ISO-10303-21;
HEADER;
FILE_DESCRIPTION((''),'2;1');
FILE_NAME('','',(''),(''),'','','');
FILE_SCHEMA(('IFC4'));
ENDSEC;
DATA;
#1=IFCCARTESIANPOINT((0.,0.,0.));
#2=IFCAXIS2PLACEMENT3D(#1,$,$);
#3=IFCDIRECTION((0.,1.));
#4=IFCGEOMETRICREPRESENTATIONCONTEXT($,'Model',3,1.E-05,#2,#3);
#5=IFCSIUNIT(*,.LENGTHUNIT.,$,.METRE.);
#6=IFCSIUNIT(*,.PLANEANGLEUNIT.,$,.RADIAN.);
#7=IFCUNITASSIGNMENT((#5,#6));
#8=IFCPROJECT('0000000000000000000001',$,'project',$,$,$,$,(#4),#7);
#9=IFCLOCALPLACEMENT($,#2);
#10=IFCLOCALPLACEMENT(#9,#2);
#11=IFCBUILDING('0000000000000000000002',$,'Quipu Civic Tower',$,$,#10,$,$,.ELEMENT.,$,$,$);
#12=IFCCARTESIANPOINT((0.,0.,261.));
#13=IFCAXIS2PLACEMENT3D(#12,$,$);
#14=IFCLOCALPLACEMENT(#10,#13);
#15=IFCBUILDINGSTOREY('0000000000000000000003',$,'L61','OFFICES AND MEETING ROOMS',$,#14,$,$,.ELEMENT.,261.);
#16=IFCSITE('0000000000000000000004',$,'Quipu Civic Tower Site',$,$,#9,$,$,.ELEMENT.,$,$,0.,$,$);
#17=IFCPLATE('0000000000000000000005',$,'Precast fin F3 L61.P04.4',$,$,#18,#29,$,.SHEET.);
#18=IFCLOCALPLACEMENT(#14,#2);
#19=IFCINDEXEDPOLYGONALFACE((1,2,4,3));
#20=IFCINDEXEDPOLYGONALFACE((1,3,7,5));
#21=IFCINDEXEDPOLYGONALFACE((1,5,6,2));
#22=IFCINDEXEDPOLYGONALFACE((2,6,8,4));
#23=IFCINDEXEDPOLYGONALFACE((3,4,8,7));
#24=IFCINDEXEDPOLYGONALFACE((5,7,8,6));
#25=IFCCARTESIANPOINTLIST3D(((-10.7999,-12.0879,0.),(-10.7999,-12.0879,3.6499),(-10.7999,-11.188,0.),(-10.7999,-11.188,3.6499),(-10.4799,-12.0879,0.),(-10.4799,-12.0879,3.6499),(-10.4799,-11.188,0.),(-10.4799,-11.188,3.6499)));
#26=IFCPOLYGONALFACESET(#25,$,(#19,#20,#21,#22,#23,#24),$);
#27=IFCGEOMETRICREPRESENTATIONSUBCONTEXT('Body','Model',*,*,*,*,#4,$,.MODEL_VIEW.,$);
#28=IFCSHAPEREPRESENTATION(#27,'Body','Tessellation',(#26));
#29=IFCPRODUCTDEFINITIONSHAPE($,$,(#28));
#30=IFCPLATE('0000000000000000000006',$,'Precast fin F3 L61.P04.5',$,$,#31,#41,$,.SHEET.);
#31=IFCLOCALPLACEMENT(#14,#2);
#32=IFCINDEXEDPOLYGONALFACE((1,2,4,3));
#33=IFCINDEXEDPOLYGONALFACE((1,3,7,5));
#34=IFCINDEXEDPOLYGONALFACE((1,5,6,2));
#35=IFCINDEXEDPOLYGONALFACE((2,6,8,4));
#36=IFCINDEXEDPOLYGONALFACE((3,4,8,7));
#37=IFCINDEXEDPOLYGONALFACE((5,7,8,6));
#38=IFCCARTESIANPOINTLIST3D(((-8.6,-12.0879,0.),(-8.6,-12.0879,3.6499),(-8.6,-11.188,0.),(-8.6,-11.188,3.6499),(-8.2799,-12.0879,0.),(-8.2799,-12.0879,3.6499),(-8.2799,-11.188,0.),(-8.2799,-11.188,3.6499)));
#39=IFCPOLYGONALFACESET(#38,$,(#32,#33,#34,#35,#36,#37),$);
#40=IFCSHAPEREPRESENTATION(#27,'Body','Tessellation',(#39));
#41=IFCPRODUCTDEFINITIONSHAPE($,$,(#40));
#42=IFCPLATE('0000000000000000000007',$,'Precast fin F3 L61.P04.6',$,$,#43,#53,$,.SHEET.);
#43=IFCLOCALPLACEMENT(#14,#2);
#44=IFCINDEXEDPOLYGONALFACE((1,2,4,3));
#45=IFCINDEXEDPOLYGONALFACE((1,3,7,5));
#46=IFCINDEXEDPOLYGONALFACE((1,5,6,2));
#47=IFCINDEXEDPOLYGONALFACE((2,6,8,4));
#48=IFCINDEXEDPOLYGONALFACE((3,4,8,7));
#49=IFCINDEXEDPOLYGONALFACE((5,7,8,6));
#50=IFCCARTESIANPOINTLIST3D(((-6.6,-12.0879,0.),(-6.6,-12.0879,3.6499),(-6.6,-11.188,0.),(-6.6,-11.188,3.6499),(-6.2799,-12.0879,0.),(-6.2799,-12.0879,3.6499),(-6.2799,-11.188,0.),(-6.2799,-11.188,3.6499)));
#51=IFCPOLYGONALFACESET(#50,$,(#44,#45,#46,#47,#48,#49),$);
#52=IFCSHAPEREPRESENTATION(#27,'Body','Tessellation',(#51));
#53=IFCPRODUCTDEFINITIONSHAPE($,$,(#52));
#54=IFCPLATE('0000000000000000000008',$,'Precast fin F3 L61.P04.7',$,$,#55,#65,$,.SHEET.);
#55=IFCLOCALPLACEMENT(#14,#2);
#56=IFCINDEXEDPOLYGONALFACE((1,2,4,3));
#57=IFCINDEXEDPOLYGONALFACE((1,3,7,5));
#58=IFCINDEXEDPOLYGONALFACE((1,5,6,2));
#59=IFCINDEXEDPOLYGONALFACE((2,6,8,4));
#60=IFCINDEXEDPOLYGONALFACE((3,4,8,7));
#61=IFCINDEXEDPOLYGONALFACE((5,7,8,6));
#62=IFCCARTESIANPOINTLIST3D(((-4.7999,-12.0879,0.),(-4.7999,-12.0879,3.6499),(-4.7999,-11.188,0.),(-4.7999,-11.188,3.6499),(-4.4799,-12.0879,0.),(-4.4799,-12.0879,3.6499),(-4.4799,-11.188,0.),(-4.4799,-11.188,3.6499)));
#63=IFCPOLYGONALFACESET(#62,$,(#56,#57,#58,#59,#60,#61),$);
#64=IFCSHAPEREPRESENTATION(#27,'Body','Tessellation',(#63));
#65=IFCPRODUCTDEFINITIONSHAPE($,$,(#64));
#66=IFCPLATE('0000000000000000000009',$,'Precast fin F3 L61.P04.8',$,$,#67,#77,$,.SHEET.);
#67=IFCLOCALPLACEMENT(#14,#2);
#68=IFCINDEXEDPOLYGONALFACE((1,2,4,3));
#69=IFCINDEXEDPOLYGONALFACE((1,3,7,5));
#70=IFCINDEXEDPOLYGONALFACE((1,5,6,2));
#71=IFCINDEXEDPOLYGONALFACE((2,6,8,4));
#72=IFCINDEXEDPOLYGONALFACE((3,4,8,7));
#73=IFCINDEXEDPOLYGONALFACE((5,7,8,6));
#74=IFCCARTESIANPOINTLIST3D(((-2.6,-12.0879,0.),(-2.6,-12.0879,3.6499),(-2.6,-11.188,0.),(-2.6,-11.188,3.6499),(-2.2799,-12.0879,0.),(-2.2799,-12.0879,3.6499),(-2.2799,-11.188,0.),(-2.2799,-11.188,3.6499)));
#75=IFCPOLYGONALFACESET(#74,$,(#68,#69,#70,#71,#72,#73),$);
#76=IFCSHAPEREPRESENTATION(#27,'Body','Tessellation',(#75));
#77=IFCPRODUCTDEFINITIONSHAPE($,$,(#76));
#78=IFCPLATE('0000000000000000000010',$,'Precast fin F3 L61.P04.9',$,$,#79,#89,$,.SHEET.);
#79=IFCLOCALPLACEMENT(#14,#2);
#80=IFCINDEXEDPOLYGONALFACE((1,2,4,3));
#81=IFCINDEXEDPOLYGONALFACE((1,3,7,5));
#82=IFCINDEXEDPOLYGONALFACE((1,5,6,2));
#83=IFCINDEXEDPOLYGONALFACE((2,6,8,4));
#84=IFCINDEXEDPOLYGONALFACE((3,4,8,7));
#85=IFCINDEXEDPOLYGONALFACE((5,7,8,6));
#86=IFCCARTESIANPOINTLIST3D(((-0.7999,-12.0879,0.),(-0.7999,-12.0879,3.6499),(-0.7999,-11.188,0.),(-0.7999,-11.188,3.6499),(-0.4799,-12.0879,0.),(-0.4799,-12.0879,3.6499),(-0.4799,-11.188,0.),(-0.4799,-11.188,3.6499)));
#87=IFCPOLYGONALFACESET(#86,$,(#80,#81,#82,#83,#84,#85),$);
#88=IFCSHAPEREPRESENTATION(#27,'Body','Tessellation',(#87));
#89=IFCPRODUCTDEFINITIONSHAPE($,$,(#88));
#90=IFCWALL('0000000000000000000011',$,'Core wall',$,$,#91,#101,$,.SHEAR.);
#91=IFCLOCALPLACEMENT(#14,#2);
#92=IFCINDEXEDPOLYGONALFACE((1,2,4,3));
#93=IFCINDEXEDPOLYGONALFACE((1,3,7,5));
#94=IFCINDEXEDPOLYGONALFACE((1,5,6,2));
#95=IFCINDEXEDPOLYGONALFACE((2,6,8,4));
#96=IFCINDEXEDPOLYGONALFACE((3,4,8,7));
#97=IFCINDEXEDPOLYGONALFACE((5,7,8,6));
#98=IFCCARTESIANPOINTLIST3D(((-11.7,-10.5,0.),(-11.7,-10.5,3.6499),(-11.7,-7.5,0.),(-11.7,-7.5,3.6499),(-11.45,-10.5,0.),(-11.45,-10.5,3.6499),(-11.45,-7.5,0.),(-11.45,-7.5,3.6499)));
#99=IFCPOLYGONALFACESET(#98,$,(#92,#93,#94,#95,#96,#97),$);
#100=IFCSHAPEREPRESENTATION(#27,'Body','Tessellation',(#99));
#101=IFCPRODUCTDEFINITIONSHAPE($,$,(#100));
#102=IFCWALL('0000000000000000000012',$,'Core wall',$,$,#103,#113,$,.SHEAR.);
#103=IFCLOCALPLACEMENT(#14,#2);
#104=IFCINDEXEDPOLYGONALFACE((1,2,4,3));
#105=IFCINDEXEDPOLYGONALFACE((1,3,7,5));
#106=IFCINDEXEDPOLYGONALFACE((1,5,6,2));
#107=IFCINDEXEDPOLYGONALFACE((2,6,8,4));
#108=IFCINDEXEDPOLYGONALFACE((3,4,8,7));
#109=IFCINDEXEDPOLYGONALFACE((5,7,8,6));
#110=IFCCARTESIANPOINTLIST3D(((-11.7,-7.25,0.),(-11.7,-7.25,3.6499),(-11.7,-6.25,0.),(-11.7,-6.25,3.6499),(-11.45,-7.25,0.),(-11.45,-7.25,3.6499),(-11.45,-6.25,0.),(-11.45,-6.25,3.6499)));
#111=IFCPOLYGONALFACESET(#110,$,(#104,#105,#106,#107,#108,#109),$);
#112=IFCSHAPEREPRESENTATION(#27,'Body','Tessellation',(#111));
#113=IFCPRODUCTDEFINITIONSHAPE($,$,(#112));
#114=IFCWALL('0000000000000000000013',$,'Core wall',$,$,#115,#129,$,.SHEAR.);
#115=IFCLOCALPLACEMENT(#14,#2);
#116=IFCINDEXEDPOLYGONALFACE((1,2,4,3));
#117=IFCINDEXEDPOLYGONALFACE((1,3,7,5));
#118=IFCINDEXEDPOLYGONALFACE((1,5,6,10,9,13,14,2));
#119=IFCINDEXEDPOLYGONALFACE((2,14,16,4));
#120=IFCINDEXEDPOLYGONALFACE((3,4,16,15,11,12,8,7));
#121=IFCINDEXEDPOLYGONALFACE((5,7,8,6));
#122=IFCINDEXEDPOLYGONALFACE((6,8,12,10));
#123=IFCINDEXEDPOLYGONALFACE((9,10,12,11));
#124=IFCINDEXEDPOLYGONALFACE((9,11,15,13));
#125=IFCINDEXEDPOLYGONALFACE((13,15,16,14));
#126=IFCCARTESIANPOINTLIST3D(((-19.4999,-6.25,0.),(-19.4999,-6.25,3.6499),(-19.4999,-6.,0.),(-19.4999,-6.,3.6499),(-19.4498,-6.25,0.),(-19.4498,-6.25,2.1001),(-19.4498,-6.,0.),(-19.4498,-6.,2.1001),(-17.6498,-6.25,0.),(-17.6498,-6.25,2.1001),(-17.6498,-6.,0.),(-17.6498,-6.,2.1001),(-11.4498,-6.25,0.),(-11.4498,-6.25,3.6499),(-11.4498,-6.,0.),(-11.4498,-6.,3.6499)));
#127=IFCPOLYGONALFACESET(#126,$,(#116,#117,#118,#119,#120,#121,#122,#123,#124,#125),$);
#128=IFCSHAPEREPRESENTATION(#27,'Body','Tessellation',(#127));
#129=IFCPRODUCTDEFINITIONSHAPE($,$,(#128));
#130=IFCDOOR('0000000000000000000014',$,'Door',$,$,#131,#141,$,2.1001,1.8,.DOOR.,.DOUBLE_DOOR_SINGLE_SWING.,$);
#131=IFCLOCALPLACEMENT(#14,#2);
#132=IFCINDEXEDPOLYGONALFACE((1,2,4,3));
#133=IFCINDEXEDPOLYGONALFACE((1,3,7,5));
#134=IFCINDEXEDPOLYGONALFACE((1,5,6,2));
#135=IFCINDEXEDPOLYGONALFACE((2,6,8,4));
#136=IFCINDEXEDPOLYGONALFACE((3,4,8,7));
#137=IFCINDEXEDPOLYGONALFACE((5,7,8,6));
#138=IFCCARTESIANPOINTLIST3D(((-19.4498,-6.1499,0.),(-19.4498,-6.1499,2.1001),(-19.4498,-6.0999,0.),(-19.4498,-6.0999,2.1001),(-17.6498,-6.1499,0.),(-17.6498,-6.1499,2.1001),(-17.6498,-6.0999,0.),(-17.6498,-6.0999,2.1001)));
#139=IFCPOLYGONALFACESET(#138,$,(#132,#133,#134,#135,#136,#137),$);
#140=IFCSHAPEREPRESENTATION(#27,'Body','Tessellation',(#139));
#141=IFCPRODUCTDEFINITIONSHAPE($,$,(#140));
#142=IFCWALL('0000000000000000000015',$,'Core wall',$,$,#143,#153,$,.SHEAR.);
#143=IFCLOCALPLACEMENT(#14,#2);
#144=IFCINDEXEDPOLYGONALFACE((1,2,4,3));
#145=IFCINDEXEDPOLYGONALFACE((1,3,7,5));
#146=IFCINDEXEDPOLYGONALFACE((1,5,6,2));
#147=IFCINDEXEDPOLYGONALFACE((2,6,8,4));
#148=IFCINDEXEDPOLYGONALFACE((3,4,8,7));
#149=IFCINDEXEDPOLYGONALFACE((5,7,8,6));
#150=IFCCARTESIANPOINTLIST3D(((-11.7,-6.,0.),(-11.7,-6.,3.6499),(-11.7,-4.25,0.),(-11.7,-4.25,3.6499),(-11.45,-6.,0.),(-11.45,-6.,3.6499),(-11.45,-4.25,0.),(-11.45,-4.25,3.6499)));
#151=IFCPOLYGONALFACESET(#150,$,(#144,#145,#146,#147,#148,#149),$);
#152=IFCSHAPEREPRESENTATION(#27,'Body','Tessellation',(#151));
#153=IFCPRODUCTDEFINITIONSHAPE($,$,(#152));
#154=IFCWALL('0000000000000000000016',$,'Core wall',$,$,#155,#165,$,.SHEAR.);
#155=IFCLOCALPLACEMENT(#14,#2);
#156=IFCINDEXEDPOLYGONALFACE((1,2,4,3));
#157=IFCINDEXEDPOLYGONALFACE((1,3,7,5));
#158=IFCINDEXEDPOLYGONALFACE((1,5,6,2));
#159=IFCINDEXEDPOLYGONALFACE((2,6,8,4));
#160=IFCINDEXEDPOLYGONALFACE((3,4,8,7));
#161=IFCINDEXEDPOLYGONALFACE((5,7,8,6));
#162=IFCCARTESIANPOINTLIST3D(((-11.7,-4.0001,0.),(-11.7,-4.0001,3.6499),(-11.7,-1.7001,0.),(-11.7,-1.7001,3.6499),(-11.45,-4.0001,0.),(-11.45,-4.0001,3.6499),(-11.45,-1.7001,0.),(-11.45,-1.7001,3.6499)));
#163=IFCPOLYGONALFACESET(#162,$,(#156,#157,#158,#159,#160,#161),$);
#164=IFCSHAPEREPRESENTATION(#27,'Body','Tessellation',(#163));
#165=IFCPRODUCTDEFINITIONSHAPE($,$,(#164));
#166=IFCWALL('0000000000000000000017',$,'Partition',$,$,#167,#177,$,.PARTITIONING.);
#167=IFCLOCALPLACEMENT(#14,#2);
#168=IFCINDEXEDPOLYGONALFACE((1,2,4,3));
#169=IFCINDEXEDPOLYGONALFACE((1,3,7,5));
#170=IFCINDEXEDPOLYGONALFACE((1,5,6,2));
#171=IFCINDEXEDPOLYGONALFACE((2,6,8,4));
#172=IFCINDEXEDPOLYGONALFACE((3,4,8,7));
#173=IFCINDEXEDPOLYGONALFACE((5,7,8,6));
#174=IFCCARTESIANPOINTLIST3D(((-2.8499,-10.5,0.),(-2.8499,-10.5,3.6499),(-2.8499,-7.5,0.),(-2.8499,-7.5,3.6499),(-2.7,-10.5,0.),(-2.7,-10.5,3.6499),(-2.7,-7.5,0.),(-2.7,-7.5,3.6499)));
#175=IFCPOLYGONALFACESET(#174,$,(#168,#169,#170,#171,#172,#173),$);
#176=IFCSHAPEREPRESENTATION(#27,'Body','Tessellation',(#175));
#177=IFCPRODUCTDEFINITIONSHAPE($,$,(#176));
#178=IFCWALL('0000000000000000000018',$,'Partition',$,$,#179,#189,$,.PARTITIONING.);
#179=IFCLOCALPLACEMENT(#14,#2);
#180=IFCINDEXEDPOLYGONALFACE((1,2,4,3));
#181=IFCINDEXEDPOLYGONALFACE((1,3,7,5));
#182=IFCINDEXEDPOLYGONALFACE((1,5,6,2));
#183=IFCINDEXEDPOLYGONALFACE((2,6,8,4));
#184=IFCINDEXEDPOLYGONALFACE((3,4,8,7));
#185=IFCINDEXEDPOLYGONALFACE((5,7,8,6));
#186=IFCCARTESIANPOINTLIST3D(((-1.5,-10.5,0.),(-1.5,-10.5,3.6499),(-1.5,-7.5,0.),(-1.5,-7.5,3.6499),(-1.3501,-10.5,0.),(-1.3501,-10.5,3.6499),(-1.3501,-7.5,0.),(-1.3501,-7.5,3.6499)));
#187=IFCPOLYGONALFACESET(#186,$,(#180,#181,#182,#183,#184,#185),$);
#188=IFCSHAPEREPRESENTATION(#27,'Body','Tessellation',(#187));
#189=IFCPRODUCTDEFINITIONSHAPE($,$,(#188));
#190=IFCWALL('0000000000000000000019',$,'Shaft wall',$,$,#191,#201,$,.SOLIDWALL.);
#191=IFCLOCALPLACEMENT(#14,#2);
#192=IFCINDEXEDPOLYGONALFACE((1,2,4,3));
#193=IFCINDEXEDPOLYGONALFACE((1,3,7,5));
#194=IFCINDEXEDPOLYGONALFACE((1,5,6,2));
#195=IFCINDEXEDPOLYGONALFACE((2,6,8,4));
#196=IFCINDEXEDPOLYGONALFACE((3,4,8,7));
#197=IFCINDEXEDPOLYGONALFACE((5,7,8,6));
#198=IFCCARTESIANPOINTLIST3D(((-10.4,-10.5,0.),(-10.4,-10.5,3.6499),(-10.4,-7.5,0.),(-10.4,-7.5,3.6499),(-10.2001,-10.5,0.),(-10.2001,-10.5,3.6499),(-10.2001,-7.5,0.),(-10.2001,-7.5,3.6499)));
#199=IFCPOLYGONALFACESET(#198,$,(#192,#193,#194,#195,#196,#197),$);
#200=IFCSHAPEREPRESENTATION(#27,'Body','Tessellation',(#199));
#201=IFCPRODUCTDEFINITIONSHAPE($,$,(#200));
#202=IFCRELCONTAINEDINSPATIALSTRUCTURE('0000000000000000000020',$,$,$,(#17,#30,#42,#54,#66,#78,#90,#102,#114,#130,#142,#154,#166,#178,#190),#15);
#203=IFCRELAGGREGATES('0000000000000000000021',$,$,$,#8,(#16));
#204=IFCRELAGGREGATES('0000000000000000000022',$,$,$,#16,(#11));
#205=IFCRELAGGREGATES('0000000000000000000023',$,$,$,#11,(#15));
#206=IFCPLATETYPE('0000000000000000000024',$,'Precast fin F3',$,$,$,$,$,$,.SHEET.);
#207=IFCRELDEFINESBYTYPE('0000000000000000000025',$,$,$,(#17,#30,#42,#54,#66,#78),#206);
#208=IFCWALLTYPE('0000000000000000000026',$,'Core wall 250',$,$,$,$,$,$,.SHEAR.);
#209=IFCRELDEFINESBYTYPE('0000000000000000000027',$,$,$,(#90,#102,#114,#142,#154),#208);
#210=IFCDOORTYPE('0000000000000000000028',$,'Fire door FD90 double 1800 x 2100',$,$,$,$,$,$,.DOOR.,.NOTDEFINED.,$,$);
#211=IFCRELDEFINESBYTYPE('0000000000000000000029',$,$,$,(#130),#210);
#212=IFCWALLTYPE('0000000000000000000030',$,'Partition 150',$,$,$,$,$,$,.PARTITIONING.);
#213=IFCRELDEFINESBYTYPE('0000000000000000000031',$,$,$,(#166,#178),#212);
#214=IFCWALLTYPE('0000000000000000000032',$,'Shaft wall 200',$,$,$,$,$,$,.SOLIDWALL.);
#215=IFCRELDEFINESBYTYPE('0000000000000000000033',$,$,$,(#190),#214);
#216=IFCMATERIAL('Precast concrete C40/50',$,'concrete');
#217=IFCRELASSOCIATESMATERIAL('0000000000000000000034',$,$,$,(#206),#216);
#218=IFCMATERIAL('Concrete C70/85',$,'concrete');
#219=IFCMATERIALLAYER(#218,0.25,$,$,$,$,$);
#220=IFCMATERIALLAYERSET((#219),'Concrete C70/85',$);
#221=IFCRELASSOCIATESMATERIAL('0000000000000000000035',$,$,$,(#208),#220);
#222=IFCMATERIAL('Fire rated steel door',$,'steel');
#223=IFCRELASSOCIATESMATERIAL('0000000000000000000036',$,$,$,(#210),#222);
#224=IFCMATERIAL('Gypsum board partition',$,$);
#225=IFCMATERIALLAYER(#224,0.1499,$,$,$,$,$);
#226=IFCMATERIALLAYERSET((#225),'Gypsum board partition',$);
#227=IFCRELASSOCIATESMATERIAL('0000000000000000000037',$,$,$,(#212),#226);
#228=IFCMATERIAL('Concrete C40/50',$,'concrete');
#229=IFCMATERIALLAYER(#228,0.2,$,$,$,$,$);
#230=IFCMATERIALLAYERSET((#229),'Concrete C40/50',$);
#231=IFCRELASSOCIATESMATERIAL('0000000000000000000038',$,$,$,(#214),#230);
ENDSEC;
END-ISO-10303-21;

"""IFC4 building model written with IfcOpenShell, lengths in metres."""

from ifc_helpers import new_model, si_unit, direction, frame, frame_2d, origin, origin_2d, place, context, subcontext, project, spatial, rectangle, extrude, material, layer, layer_set, type_object, element, fill, save


model = new_model("IFC4")

# Units and contexts
model_context = context("Model", 3, precision=1e-05, world=origin(), true_north=direction((0.0, 1.0)))
body_context = subcontext(model_context, "Body", "Model", "MODEL_VIEW")
ifc_project = project(units=[si_unit("LENGTHUNIT", "METRE"), si_unit("PLANEANGLEUNIT", "RADIAN")], contexts=[model_context])

# Site, building, storey
site_placement = place(None, origin())
site = spatial("IfcSite", under=ifc_project, at=site_placement, Name="Quipu Civic Tower Site", CompositionType="ELEMENT", RefElevation=0.0)
building_placement = place(site_placement, origin())
building = spatial("IfcBuilding", under=site, at=building_placement, Name="Quipu Civic Tower", CompositionType="ELEMENT")
storey_placement = place(building_placement, frame((0.0, 0.0, 261.0)))
storey = spatial("IfcBuildingStorey", under=building, at=storey_placement, Name="L61", Description="OFFICES AND MEETING ROOMS", CompositionType="ELEMENT", Elevation=261.0)

# Plates
ifc_material_1 = material(Name="Precast concrete C40/50", Category="concrete")
plate_type = type_object("IfcPlateType", Name="Precast fin F3", PredefinedType="SHEET", material=ifc_material_1)
for number, where, z_axis, x_axis, name in (
    (1, (-10.6399, -11.6379, 0.0), (0.0, 0.0, 1.0), (1.0, 0.0, 0.0), "Precast fin F3 L61.P04.4"),
    (2, (-8.4399, -11.6379, 0.0), (0.0, 0.0, 1.0), (1.0, 0.0, 0.0), "Precast fin F3 L61.P04.5"),
    (3, (-6.4399, -11.6379, 0.0), (0.0, 0.0, 1.0), (1.0, 0.0, 0.0), "Precast fin F3 L61.P04.6"),
    (4, (-4.6399, -11.6379, 0.0), (0.0, 0.0, 1.0), (1.0, 0.0, 0.0), "Precast fin F3 L61.P04.7"),
    (5, (-2.4399, -11.6379, 0.0), (0.0, 0.0, 1.0), (1.0, 0.0, 0.0), "Precast fin F3 L61.P04.8"),
    (6, (-0.6399, -11.6379, 0.0), (0.0, 0.0, 1.0), (1.0, 0.0, 0.0), "Precast fin F3 L61.P04.9"),
):
    element("IfcPlate", number, at=place(storey_placement, frame(where, z_axis=z_axis, x_axis=x_axis)), inside=storey, type_object=plate_type, Name=name, PredefinedType="SHEET", context=body_context, shape_type="SweptSolid", body=[
        extrude(rectangle(XDim=0.3201, YDim=0.8999, at=origin_2d()), origin(), (0.0, 0.0, 1.0), 3.6499),
    ])

# Walls
ifc_material_2 = material(Name="Concrete C70/85", Category="concrete")
ifc_layer_1 = layer(ifc_material_2, 0.25)
ifc_layer_set_1 = layer_set([ifc_layer_1], Name="Concrete C70/85")
wall_type_1 = type_object("IfcWallType", Name="Core wall 250", PredefinedType="SHEAR", material=ifc_layer_set_1)
wall_1_placement = place(storey_placement, frame((-11.575, -10.5, 0.0), z_axis=(0.0, 0.0, 1.0), x_axis=(0.0, 1.0, 0.0)))
element("IfcWall", 7, at=wall_1_placement, inside=storey, type_object=wall_type_1, Name="Core wall", PredefinedType="SHEAR", context=body_context, shape_type="SweptSolid", body=[
    extrude(rectangle(XDim=3.0, YDim=0.25, at=frame_2d((1.5, 0.0))), origin(), (0.0, 0.0, 1.0), 3.6499),
])
wall_2_placement = place(storey_placement, frame((-11.575, -7.25, 0.0), z_axis=(0.0, 0.0, 1.0), x_axis=(0.0, 1.0, 0.0)))
element("IfcWall", 8, at=wall_2_placement, inside=storey, type_object=wall_type_1, Name="Core wall", PredefinedType="SHEAR", context=body_context, shape_type="SweptSolid", body=[
    extrude(rectangle(XDim=1.0, YDim=0.25, at=frame_2d((0.5, 0.0))), origin(), (0.0, 0.0, 1.0), 3.6499),
])

# Wall, opening, door
wall_3_placement = place(storey_placement, frame((-11.45, -6.125, 0.0), z_axis=(0.0, 0.0, 1.0), x_axis=(-1.0, 0.0, 0.0)))
wall_3 = element("IfcWall", 9, at=wall_3_placement, inside=storey, type_object=wall_type_1, Name="Core wall", PredefinedType="SHEAR", context=body_context, shape_type="SweptSolid", body=[
    extrude(rectangle(XDim=8.05, YDim=0.25, at=frame_2d((4.0249, 0.0))), origin(), (0.0, 0.0, 1.0), 3.6499),
])
opening_placement = place(wall_3_placement, frame((6.2, 0.0, 0.0)))
opening = element("IfcOpeningElement", 10, at=opening_placement, cuts=wall_3, PredefinedType="OPENING", context=body_context, shape_type="SweptSolid", body=[
    extrude(rectangle(XDim=1.8, YDim=2.1001, at=frame_2d((0.8999, 1.05))), frame((0.0, 0.135, 0.0), z_axis=(0.0, -1.0, 0.0), x_axis=(1.0, 0.0, 0.0)), (0.0, 0.0, 1.0), 0.27),
])
ifc_material_3 = material(Name="Fire rated steel door", Category="steel")
door_type = type_object("IfcDoorType", Name="Fire door FD90 double 1800 x 2100", OperationType="NOTDEFINED", PredefinedType="DOOR", material=ifc_material_3)
door_placement = place(opening_placement, origin())
door = element("IfcDoor", 11, at=door_placement, inside=storey, type_object=door_type, Name="Door", OperationType="DOUBLE_DOOR_SINGLE_SWING", OverallHeight=2.1001, OverallWidth=1.8, PredefinedType="DOOR", context=body_context, shape_type="SweptSolid", body=[
    extrude(rectangle(XDim=1.8, YDim=2.1001, at=frame_2d((0.8999, 1.05))), frame((0.0, 0.0249, 0.0), z_axis=(0.0, -1.0, 0.0), x_axis=(1.0, 0.0, 0.0)), (0.0, 0.0, 1.0), 0.05),
])
fill(opening, door)

# Walls
wall_4_placement = place(storey_placement, frame((-11.575, -6.0, 0.0), z_axis=(0.0, 0.0, 1.0), x_axis=(0.0, 1.0, 0.0)))
element("IfcWall", 12, at=wall_4_placement, inside=storey, type_object=wall_type_1, Name="Core wall", PredefinedType="SHEAR", context=body_context, shape_type="SweptSolid", body=[
    extrude(rectangle(XDim=1.75, YDim=0.25, at=frame_2d((0.875, 0.0))), origin(), (0.0, 0.0, 1.0), 3.6499),
])
wall_5_placement = place(storey_placement, frame((-11.575, -4.0, 0.0), z_axis=(0.0, 0.0, 1.0), x_axis=(0.0, 1.0, 0.0)))
element("IfcWall", 13, at=wall_5_placement, inside=storey, type_object=wall_type_1, Name="Core wall", PredefinedType="SHEAR", context=body_context, shape_type="SweptSolid", body=[
    extrude(rectangle(XDim=2.3, YDim=0.25, at=frame_2d((1.1499, 0.0))), origin(), (0.0, 0.0, 1.0), 3.6499),
])
ifc_material_4 = material(Name="Gypsum board partition")
ifc_layer_2 = layer(ifc_material_4, 0.1499)
ifc_layer_set_2 = layer_set([ifc_layer_2], Name="Gypsum board partition")
wall_type_2 = type_object("IfcWallType", Name="Partition 150", PredefinedType="PARTITIONING", material=ifc_layer_set_2)
for number, where, z_axis, x_axis, name in (
    (14, (-2.7749, -10.5, 0.0), (0.0, 0.0, 1.0), (0.0, 1.0, 0.0), "Partition"),
    (15, (-1.425, -10.5, 0.0), (0.0, 0.0, 1.0), (0.0, 1.0, 0.0), "Partition"),
):
    element("IfcWall", number, at=place(storey_placement, frame(where, z_axis=z_axis, x_axis=x_axis)), inside=storey, type_object=wall_type_2, Name=name, PredefinedType="PARTITIONING", context=body_context, shape_type="SweptSolid", body=[
        extrude(rectangle(XDim=3.0, YDim=0.1499, at=frame_2d((1.5, 0.0))), origin(), (0.0, 0.0, 1.0), 3.6499),
    ])
ifc_material_5 = material(Name="Concrete C40/50", Category="concrete")
ifc_layer_3 = layer(ifc_material_5, 0.2)
ifc_layer_set_3 = layer_set([ifc_layer_3], Name="Concrete C40/50")
wall_type_3 = type_object("IfcWallType", Name="Shaft wall 200", PredefinedType="SOLIDWALL", material=ifc_layer_set_3)
for number, where, z_axis, x_axis, name in (
    (16, (-10.3, -10.5, 0.0), (0.0, 0.0, 1.0), (0.0, 1.0, 0.0), "Shaft wall"),
):
    element("IfcWall", number, at=place(storey_placement, frame(where, z_axis=z_axis, x_axis=x_axis)), inside=storey, type_object=wall_type_3, Name=name, PredefinedType="SOLIDWALL", context=body_context, shape_type="SweptSolid", body=[
        extrude(rectangle(XDim=3.0, YDim=0.2, at=frame_2d((1.5, 0.0))), origin(), (0.0, 0.0, 1.0), 3.6499),
    ])

save(model, "model.ifc")
